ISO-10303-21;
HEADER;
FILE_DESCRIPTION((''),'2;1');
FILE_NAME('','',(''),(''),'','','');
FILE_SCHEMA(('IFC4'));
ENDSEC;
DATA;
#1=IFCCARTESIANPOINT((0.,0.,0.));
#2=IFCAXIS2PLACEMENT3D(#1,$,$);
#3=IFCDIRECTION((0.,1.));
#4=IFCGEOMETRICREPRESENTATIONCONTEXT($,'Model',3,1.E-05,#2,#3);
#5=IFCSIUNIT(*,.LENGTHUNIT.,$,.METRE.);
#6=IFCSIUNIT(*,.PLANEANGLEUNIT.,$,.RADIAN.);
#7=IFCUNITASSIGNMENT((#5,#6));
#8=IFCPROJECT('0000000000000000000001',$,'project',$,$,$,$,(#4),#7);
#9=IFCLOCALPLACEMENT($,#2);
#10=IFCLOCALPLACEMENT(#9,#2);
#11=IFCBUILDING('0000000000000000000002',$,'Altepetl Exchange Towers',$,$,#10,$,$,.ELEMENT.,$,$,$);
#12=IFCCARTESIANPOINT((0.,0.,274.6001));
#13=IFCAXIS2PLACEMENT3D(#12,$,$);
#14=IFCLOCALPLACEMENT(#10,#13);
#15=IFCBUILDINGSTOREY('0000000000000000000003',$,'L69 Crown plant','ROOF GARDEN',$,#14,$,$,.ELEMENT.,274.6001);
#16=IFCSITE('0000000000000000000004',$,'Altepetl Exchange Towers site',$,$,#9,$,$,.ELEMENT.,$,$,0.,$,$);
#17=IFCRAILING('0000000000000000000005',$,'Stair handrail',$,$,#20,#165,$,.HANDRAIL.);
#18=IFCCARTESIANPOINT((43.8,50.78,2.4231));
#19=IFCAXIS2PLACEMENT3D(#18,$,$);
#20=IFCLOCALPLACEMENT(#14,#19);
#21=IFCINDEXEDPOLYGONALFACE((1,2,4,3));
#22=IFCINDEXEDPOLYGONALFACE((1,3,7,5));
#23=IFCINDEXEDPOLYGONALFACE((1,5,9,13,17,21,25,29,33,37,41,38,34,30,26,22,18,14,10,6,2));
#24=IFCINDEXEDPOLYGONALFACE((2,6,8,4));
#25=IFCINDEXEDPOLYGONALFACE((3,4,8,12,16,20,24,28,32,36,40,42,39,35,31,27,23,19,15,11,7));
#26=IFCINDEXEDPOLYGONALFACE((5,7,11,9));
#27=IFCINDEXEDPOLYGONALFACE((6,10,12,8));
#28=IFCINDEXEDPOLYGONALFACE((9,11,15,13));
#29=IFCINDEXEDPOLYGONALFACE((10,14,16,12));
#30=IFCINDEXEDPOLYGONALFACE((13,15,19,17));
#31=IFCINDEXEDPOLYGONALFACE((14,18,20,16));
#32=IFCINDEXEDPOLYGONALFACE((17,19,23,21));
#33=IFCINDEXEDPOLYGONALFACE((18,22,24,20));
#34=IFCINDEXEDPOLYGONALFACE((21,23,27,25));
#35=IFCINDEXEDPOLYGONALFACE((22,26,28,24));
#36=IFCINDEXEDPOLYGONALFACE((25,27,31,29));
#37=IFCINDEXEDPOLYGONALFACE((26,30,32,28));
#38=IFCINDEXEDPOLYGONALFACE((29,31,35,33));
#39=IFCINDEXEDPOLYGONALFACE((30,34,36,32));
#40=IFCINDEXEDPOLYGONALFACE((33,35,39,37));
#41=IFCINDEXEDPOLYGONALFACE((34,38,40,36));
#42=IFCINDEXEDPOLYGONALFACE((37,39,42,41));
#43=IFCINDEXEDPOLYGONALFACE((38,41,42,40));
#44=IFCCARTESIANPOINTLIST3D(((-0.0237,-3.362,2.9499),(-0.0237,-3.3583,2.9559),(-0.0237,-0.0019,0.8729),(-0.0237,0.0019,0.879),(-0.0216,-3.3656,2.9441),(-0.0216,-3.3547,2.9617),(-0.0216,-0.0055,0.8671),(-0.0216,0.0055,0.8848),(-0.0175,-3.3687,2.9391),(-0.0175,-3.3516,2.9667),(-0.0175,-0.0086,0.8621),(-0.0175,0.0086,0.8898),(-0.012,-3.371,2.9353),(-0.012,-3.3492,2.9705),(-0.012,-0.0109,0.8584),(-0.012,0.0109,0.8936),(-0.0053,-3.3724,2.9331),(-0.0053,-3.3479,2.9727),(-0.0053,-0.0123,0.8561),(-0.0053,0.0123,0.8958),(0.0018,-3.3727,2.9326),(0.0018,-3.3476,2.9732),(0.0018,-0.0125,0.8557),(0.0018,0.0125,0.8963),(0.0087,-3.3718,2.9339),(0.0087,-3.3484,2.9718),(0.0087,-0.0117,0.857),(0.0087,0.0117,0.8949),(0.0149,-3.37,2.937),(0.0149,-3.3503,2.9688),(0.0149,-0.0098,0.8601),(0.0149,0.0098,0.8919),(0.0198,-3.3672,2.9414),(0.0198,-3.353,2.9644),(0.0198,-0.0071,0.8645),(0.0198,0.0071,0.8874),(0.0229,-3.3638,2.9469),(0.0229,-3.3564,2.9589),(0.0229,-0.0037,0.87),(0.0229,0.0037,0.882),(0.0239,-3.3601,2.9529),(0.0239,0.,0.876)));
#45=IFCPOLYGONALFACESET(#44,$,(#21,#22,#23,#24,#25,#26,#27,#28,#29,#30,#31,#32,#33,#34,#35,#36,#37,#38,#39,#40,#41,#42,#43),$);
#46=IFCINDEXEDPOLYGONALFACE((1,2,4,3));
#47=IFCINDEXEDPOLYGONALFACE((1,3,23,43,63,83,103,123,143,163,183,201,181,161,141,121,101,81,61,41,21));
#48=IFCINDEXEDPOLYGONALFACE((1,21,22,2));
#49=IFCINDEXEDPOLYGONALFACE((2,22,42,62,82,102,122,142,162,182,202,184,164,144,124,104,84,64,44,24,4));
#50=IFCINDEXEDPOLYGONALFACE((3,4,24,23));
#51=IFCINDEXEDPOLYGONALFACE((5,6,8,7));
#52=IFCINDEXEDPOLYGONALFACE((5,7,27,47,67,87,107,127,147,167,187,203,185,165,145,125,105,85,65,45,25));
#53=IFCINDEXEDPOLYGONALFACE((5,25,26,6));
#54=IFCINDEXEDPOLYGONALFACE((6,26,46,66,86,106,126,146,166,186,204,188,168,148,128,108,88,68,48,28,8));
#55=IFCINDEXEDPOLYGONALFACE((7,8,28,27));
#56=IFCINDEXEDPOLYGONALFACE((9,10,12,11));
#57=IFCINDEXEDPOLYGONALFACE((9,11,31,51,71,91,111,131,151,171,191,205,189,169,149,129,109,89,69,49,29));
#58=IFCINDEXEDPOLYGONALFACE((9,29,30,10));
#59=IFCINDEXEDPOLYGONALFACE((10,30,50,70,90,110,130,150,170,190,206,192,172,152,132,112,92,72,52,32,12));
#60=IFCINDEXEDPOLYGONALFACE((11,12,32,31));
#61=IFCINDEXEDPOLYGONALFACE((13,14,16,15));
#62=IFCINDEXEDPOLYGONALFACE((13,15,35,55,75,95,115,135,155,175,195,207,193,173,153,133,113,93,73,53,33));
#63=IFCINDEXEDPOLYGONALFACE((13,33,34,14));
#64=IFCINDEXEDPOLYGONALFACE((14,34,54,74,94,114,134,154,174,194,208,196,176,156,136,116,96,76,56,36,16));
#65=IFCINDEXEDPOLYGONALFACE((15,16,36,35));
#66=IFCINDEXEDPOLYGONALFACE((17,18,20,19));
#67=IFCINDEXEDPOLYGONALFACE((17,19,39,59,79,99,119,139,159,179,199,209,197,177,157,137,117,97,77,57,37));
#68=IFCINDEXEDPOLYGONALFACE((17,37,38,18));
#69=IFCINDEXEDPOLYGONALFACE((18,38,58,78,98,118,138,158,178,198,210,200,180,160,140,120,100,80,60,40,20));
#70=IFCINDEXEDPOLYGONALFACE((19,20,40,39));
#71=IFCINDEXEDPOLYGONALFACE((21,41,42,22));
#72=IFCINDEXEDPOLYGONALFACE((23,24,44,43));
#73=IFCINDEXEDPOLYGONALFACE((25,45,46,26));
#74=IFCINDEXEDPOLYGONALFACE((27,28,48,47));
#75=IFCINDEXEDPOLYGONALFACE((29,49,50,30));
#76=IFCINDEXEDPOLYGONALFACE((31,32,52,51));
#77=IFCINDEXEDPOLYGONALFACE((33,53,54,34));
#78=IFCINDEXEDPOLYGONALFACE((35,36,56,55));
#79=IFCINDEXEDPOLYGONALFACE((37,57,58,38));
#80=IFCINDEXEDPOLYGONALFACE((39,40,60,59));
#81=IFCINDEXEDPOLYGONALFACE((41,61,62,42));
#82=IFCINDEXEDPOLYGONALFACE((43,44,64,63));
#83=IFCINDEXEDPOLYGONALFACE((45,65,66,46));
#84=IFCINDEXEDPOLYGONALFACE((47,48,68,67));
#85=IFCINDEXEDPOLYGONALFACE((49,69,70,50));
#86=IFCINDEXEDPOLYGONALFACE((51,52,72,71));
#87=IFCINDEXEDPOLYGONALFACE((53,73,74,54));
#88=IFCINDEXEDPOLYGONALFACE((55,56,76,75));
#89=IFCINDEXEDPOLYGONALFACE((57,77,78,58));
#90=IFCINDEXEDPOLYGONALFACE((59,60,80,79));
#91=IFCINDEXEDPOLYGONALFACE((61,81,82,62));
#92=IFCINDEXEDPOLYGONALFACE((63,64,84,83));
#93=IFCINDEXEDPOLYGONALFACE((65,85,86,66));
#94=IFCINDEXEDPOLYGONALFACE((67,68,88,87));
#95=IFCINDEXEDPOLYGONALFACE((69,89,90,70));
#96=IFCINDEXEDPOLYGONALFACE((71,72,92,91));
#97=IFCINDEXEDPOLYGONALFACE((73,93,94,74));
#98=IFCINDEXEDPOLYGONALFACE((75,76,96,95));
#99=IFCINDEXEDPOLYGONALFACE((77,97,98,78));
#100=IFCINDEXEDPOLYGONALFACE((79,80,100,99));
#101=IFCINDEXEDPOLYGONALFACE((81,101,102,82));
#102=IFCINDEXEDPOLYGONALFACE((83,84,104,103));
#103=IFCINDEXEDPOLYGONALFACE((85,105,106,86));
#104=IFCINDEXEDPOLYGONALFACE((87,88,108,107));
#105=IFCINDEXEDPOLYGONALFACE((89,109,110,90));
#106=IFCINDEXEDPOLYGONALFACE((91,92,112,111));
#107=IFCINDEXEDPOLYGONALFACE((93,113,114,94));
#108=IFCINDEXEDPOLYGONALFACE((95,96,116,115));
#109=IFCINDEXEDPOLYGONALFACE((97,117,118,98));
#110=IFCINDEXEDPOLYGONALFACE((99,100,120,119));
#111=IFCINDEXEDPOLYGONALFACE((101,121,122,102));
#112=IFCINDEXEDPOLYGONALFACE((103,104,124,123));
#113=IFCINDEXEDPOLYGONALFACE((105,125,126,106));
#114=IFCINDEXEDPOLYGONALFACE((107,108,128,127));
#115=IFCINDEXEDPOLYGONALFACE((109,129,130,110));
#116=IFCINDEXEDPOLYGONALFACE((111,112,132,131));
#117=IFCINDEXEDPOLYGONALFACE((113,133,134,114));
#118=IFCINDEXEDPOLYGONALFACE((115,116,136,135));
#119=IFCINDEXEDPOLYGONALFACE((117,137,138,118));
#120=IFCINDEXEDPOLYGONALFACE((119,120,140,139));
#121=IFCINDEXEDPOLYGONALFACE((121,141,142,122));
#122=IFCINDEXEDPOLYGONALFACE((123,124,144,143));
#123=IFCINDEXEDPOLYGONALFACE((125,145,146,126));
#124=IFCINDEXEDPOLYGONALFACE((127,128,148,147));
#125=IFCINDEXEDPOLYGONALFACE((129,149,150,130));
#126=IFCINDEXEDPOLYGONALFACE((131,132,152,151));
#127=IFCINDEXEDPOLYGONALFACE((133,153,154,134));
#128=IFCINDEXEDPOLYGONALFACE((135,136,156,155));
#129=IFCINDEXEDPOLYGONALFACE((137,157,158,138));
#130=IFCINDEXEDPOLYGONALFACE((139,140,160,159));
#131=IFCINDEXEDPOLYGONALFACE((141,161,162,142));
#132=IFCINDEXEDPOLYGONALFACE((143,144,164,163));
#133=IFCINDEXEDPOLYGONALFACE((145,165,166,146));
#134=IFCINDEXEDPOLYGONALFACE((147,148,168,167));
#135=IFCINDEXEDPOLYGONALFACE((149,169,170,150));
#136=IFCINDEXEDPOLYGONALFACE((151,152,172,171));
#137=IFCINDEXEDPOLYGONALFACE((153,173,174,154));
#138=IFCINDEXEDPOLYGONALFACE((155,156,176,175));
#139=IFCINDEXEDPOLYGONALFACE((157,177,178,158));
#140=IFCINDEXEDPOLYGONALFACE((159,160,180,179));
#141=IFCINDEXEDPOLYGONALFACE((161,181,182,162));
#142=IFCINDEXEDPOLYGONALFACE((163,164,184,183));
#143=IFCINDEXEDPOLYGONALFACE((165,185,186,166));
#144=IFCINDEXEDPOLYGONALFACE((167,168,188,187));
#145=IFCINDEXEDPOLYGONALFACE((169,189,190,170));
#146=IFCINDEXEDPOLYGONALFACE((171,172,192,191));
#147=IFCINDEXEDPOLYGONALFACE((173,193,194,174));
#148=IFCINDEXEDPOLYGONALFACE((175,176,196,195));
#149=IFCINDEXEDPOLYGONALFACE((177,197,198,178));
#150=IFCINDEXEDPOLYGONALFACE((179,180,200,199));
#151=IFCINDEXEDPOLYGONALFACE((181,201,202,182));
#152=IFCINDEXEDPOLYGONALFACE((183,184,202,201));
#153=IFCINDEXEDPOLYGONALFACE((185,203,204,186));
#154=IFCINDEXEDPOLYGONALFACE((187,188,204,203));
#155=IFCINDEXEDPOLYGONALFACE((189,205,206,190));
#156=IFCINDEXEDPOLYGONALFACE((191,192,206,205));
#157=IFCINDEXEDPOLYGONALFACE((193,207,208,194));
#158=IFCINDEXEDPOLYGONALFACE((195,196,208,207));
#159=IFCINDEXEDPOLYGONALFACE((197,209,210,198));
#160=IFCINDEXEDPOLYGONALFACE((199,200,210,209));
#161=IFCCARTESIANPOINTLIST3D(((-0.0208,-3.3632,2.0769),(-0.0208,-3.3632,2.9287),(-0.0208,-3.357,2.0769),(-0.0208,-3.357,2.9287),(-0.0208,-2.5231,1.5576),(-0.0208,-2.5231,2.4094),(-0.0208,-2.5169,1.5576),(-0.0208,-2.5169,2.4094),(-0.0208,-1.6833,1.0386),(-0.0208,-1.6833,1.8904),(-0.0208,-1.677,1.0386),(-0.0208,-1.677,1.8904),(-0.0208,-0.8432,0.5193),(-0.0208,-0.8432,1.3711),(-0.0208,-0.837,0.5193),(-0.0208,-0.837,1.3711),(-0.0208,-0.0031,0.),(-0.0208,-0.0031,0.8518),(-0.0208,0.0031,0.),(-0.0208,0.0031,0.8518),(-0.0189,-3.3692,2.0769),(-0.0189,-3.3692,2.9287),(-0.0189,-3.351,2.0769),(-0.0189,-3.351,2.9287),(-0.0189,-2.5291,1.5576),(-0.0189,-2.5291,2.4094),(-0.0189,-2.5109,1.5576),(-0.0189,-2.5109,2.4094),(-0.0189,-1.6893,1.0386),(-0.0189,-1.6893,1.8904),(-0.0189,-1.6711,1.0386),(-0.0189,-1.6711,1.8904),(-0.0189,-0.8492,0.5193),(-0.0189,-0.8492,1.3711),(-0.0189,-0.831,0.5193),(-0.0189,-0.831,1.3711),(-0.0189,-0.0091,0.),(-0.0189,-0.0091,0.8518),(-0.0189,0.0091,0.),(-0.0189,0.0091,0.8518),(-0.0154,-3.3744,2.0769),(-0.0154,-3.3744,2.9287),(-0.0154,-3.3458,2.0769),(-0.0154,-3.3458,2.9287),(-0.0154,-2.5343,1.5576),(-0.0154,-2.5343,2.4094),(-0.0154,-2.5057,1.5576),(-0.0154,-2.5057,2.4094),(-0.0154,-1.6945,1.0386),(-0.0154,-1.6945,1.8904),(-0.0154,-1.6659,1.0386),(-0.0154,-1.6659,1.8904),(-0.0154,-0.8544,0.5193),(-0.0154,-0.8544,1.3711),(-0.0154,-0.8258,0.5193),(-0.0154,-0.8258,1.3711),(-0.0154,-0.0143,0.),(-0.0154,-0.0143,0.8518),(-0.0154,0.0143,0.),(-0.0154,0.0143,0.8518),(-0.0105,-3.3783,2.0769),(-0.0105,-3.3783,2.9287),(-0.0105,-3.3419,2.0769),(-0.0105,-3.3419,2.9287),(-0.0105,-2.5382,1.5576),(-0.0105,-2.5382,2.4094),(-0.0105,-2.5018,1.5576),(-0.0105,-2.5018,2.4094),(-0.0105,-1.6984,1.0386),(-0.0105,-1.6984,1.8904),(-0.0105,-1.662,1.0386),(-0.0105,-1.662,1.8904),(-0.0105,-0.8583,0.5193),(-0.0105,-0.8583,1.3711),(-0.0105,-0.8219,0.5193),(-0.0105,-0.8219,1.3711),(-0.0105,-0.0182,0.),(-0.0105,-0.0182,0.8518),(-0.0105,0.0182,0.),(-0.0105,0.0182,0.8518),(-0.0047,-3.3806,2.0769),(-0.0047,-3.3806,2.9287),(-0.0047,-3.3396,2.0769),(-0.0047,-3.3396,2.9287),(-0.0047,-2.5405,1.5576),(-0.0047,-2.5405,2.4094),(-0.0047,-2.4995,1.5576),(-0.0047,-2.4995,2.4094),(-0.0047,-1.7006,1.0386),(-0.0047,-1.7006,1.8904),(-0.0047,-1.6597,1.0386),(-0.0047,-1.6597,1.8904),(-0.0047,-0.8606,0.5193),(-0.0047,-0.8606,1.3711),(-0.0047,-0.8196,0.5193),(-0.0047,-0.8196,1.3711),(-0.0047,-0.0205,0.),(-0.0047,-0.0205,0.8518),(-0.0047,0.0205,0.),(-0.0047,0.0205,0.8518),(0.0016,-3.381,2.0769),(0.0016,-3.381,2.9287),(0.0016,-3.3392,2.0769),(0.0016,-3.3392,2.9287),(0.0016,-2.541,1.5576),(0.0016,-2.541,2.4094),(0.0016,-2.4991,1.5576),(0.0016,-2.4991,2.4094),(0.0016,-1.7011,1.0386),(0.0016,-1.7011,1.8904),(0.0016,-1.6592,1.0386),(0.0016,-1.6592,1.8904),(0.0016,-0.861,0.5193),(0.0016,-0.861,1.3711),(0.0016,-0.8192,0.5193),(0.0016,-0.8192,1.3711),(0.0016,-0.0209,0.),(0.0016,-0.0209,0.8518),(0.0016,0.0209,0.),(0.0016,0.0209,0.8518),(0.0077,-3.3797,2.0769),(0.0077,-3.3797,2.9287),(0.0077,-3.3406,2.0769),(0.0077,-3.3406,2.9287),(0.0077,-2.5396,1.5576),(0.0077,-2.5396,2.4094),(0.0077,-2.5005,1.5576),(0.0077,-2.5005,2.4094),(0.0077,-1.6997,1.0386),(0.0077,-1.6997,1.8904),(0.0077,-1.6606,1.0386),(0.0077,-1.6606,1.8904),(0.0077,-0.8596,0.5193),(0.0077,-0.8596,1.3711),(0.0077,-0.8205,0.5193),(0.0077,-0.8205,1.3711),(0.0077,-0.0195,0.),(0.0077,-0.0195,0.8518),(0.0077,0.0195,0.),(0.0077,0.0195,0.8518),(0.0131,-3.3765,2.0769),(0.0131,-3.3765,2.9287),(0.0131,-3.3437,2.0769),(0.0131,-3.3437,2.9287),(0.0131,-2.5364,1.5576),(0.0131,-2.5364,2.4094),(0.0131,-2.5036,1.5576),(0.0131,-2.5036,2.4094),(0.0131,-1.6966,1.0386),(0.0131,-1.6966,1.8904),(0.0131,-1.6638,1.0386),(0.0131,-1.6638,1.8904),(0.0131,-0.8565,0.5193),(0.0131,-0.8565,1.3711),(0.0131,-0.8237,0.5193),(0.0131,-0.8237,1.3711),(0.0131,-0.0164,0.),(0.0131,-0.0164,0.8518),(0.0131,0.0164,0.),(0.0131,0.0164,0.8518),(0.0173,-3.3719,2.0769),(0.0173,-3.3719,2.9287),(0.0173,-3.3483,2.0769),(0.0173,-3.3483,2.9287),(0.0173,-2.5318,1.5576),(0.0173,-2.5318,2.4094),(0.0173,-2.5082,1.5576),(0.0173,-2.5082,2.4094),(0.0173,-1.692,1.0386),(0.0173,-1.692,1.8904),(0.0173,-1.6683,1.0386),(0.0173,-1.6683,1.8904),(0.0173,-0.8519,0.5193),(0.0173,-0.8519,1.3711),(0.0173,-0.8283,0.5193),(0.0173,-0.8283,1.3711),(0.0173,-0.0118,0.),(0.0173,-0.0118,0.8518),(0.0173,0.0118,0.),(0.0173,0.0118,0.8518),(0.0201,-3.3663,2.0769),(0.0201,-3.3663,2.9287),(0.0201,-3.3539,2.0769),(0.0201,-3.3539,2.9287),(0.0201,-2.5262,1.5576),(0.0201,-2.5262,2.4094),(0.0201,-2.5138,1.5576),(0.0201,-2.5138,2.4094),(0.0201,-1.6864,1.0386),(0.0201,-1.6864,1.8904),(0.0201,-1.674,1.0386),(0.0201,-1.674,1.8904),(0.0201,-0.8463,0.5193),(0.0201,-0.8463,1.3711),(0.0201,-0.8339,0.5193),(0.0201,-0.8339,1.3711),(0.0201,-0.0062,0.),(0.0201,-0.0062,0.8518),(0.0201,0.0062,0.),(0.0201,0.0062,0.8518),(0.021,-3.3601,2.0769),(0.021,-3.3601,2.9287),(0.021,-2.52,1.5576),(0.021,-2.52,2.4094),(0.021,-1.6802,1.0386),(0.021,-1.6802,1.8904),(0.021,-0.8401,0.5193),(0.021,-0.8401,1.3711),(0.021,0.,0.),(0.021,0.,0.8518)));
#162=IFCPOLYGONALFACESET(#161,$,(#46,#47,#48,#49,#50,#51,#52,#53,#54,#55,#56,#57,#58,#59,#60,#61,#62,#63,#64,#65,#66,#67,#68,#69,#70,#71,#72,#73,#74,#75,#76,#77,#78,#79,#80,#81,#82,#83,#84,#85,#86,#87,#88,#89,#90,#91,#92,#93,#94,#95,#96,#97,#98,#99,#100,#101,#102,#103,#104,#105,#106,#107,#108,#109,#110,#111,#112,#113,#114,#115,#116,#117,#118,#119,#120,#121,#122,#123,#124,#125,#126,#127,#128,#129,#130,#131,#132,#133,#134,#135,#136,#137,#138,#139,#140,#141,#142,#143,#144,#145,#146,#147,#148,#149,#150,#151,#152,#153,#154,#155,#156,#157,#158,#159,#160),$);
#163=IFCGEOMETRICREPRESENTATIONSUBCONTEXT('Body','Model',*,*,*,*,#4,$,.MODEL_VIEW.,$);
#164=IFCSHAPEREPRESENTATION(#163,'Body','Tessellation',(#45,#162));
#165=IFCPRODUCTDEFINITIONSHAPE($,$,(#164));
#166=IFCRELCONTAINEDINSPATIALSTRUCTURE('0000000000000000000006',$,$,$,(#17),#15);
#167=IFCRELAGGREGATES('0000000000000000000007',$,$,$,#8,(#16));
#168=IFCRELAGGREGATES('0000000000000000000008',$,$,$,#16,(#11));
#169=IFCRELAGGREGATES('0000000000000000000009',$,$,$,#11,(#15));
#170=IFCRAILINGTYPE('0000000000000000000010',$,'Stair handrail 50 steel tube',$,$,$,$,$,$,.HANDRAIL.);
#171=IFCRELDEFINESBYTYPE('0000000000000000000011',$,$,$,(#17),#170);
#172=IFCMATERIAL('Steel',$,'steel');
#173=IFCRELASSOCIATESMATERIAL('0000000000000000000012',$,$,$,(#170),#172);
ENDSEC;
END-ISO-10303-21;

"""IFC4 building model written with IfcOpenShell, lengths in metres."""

from ifc_helpers import new_model, si_unit, direction, frame, origin, origin_2d, place, context, subcontext, project, spatial, circle, extrude, source, transform, mapped, material, type_object, element, save


model = new_model("IFC4")

# Units and contexts
model_context = context("Model", 3, precision=1e-05, world=origin(), true_north=direction((0.0, 1.0)))
body_context = subcontext(model_context, "Body", "Model", "MODEL_VIEW")
ifc_project = project(units=[si_unit("LENGTHUNIT", "METRE"), si_unit("PLANEANGLEUNIT", "RADIAN")], contexts=[model_context])

# Site, building, storey
site_placement = place(None, origin())
site = spatial("IfcSite", under=ifc_project, at=site_placement, Name="Altepetl Exchange Towers site", CompositionType="ELEMENT", RefElevation=0.0)
building_placement = place(site_placement, origin())
building = spatial("IfcBuilding", under=site, at=building_placement, Name="Altepetl Exchange Towers", CompositionType="ELEMENT")
storey_placement = place(building_placement, frame((0.0, 0.0, 274.6001)))
storey = spatial("IfcBuildingStorey", under=building, at=storey_placement, Name="L69 Crown plant", Description="ROOF GARDEN", CompositionType="ELEMENT", Elevation=274.6001)

# Railing
ifc_material_1 = material(Name="Steel", Category="steel")
railing_type = type_object("IfcRailingType", Name="Stair handrail 50 steel tube", PredefinedType="HANDRAIL", material=ifc_material_1)
shared_shape = source(origin(), body_context, "Body", "SweptSolid", [
    extrude(circle(Radius=0.021, at=origin_2d()), origin(), (0.0, 0.0, 1.0), 0.8518),
])
for number, where, name in (
    (1, (43.8, 50.78, 2.4231), "Stair handrail"),
):
    element("IfcRailing", number, at=place(storey_placement, frame(where)), inside=storey, type_object=railing_type, Name=name, PredefinedType="HANDRAIL", context=body_context, shape_type="SweptSolid", body=[
        extrude(circle(Radius=0.0239, at=origin_2d()), frame((0.0, 0.0, 0.876), z_axis=(0.0, -0.850623, 0.525776), x_axis=(1.0, 0.0, 0.0)), (0.0, 0.0, 1.0), 3.9502),
        mapped(shared_shape, transform((0.0, 0.0, 0.0))),
        mapped(shared_shape, transform((0.0, -0.8401, 0.5193))),
        mapped(shared_shape, transform((0.0, -1.6802, 1.0386))),
        mapped(shared_shape, transform((0.0, -2.52, 1.5576))),
        mapped(shared_shape, transform((0.0, -3.3601, 2.0769))),
    ])

save(model, "model.ifc")
